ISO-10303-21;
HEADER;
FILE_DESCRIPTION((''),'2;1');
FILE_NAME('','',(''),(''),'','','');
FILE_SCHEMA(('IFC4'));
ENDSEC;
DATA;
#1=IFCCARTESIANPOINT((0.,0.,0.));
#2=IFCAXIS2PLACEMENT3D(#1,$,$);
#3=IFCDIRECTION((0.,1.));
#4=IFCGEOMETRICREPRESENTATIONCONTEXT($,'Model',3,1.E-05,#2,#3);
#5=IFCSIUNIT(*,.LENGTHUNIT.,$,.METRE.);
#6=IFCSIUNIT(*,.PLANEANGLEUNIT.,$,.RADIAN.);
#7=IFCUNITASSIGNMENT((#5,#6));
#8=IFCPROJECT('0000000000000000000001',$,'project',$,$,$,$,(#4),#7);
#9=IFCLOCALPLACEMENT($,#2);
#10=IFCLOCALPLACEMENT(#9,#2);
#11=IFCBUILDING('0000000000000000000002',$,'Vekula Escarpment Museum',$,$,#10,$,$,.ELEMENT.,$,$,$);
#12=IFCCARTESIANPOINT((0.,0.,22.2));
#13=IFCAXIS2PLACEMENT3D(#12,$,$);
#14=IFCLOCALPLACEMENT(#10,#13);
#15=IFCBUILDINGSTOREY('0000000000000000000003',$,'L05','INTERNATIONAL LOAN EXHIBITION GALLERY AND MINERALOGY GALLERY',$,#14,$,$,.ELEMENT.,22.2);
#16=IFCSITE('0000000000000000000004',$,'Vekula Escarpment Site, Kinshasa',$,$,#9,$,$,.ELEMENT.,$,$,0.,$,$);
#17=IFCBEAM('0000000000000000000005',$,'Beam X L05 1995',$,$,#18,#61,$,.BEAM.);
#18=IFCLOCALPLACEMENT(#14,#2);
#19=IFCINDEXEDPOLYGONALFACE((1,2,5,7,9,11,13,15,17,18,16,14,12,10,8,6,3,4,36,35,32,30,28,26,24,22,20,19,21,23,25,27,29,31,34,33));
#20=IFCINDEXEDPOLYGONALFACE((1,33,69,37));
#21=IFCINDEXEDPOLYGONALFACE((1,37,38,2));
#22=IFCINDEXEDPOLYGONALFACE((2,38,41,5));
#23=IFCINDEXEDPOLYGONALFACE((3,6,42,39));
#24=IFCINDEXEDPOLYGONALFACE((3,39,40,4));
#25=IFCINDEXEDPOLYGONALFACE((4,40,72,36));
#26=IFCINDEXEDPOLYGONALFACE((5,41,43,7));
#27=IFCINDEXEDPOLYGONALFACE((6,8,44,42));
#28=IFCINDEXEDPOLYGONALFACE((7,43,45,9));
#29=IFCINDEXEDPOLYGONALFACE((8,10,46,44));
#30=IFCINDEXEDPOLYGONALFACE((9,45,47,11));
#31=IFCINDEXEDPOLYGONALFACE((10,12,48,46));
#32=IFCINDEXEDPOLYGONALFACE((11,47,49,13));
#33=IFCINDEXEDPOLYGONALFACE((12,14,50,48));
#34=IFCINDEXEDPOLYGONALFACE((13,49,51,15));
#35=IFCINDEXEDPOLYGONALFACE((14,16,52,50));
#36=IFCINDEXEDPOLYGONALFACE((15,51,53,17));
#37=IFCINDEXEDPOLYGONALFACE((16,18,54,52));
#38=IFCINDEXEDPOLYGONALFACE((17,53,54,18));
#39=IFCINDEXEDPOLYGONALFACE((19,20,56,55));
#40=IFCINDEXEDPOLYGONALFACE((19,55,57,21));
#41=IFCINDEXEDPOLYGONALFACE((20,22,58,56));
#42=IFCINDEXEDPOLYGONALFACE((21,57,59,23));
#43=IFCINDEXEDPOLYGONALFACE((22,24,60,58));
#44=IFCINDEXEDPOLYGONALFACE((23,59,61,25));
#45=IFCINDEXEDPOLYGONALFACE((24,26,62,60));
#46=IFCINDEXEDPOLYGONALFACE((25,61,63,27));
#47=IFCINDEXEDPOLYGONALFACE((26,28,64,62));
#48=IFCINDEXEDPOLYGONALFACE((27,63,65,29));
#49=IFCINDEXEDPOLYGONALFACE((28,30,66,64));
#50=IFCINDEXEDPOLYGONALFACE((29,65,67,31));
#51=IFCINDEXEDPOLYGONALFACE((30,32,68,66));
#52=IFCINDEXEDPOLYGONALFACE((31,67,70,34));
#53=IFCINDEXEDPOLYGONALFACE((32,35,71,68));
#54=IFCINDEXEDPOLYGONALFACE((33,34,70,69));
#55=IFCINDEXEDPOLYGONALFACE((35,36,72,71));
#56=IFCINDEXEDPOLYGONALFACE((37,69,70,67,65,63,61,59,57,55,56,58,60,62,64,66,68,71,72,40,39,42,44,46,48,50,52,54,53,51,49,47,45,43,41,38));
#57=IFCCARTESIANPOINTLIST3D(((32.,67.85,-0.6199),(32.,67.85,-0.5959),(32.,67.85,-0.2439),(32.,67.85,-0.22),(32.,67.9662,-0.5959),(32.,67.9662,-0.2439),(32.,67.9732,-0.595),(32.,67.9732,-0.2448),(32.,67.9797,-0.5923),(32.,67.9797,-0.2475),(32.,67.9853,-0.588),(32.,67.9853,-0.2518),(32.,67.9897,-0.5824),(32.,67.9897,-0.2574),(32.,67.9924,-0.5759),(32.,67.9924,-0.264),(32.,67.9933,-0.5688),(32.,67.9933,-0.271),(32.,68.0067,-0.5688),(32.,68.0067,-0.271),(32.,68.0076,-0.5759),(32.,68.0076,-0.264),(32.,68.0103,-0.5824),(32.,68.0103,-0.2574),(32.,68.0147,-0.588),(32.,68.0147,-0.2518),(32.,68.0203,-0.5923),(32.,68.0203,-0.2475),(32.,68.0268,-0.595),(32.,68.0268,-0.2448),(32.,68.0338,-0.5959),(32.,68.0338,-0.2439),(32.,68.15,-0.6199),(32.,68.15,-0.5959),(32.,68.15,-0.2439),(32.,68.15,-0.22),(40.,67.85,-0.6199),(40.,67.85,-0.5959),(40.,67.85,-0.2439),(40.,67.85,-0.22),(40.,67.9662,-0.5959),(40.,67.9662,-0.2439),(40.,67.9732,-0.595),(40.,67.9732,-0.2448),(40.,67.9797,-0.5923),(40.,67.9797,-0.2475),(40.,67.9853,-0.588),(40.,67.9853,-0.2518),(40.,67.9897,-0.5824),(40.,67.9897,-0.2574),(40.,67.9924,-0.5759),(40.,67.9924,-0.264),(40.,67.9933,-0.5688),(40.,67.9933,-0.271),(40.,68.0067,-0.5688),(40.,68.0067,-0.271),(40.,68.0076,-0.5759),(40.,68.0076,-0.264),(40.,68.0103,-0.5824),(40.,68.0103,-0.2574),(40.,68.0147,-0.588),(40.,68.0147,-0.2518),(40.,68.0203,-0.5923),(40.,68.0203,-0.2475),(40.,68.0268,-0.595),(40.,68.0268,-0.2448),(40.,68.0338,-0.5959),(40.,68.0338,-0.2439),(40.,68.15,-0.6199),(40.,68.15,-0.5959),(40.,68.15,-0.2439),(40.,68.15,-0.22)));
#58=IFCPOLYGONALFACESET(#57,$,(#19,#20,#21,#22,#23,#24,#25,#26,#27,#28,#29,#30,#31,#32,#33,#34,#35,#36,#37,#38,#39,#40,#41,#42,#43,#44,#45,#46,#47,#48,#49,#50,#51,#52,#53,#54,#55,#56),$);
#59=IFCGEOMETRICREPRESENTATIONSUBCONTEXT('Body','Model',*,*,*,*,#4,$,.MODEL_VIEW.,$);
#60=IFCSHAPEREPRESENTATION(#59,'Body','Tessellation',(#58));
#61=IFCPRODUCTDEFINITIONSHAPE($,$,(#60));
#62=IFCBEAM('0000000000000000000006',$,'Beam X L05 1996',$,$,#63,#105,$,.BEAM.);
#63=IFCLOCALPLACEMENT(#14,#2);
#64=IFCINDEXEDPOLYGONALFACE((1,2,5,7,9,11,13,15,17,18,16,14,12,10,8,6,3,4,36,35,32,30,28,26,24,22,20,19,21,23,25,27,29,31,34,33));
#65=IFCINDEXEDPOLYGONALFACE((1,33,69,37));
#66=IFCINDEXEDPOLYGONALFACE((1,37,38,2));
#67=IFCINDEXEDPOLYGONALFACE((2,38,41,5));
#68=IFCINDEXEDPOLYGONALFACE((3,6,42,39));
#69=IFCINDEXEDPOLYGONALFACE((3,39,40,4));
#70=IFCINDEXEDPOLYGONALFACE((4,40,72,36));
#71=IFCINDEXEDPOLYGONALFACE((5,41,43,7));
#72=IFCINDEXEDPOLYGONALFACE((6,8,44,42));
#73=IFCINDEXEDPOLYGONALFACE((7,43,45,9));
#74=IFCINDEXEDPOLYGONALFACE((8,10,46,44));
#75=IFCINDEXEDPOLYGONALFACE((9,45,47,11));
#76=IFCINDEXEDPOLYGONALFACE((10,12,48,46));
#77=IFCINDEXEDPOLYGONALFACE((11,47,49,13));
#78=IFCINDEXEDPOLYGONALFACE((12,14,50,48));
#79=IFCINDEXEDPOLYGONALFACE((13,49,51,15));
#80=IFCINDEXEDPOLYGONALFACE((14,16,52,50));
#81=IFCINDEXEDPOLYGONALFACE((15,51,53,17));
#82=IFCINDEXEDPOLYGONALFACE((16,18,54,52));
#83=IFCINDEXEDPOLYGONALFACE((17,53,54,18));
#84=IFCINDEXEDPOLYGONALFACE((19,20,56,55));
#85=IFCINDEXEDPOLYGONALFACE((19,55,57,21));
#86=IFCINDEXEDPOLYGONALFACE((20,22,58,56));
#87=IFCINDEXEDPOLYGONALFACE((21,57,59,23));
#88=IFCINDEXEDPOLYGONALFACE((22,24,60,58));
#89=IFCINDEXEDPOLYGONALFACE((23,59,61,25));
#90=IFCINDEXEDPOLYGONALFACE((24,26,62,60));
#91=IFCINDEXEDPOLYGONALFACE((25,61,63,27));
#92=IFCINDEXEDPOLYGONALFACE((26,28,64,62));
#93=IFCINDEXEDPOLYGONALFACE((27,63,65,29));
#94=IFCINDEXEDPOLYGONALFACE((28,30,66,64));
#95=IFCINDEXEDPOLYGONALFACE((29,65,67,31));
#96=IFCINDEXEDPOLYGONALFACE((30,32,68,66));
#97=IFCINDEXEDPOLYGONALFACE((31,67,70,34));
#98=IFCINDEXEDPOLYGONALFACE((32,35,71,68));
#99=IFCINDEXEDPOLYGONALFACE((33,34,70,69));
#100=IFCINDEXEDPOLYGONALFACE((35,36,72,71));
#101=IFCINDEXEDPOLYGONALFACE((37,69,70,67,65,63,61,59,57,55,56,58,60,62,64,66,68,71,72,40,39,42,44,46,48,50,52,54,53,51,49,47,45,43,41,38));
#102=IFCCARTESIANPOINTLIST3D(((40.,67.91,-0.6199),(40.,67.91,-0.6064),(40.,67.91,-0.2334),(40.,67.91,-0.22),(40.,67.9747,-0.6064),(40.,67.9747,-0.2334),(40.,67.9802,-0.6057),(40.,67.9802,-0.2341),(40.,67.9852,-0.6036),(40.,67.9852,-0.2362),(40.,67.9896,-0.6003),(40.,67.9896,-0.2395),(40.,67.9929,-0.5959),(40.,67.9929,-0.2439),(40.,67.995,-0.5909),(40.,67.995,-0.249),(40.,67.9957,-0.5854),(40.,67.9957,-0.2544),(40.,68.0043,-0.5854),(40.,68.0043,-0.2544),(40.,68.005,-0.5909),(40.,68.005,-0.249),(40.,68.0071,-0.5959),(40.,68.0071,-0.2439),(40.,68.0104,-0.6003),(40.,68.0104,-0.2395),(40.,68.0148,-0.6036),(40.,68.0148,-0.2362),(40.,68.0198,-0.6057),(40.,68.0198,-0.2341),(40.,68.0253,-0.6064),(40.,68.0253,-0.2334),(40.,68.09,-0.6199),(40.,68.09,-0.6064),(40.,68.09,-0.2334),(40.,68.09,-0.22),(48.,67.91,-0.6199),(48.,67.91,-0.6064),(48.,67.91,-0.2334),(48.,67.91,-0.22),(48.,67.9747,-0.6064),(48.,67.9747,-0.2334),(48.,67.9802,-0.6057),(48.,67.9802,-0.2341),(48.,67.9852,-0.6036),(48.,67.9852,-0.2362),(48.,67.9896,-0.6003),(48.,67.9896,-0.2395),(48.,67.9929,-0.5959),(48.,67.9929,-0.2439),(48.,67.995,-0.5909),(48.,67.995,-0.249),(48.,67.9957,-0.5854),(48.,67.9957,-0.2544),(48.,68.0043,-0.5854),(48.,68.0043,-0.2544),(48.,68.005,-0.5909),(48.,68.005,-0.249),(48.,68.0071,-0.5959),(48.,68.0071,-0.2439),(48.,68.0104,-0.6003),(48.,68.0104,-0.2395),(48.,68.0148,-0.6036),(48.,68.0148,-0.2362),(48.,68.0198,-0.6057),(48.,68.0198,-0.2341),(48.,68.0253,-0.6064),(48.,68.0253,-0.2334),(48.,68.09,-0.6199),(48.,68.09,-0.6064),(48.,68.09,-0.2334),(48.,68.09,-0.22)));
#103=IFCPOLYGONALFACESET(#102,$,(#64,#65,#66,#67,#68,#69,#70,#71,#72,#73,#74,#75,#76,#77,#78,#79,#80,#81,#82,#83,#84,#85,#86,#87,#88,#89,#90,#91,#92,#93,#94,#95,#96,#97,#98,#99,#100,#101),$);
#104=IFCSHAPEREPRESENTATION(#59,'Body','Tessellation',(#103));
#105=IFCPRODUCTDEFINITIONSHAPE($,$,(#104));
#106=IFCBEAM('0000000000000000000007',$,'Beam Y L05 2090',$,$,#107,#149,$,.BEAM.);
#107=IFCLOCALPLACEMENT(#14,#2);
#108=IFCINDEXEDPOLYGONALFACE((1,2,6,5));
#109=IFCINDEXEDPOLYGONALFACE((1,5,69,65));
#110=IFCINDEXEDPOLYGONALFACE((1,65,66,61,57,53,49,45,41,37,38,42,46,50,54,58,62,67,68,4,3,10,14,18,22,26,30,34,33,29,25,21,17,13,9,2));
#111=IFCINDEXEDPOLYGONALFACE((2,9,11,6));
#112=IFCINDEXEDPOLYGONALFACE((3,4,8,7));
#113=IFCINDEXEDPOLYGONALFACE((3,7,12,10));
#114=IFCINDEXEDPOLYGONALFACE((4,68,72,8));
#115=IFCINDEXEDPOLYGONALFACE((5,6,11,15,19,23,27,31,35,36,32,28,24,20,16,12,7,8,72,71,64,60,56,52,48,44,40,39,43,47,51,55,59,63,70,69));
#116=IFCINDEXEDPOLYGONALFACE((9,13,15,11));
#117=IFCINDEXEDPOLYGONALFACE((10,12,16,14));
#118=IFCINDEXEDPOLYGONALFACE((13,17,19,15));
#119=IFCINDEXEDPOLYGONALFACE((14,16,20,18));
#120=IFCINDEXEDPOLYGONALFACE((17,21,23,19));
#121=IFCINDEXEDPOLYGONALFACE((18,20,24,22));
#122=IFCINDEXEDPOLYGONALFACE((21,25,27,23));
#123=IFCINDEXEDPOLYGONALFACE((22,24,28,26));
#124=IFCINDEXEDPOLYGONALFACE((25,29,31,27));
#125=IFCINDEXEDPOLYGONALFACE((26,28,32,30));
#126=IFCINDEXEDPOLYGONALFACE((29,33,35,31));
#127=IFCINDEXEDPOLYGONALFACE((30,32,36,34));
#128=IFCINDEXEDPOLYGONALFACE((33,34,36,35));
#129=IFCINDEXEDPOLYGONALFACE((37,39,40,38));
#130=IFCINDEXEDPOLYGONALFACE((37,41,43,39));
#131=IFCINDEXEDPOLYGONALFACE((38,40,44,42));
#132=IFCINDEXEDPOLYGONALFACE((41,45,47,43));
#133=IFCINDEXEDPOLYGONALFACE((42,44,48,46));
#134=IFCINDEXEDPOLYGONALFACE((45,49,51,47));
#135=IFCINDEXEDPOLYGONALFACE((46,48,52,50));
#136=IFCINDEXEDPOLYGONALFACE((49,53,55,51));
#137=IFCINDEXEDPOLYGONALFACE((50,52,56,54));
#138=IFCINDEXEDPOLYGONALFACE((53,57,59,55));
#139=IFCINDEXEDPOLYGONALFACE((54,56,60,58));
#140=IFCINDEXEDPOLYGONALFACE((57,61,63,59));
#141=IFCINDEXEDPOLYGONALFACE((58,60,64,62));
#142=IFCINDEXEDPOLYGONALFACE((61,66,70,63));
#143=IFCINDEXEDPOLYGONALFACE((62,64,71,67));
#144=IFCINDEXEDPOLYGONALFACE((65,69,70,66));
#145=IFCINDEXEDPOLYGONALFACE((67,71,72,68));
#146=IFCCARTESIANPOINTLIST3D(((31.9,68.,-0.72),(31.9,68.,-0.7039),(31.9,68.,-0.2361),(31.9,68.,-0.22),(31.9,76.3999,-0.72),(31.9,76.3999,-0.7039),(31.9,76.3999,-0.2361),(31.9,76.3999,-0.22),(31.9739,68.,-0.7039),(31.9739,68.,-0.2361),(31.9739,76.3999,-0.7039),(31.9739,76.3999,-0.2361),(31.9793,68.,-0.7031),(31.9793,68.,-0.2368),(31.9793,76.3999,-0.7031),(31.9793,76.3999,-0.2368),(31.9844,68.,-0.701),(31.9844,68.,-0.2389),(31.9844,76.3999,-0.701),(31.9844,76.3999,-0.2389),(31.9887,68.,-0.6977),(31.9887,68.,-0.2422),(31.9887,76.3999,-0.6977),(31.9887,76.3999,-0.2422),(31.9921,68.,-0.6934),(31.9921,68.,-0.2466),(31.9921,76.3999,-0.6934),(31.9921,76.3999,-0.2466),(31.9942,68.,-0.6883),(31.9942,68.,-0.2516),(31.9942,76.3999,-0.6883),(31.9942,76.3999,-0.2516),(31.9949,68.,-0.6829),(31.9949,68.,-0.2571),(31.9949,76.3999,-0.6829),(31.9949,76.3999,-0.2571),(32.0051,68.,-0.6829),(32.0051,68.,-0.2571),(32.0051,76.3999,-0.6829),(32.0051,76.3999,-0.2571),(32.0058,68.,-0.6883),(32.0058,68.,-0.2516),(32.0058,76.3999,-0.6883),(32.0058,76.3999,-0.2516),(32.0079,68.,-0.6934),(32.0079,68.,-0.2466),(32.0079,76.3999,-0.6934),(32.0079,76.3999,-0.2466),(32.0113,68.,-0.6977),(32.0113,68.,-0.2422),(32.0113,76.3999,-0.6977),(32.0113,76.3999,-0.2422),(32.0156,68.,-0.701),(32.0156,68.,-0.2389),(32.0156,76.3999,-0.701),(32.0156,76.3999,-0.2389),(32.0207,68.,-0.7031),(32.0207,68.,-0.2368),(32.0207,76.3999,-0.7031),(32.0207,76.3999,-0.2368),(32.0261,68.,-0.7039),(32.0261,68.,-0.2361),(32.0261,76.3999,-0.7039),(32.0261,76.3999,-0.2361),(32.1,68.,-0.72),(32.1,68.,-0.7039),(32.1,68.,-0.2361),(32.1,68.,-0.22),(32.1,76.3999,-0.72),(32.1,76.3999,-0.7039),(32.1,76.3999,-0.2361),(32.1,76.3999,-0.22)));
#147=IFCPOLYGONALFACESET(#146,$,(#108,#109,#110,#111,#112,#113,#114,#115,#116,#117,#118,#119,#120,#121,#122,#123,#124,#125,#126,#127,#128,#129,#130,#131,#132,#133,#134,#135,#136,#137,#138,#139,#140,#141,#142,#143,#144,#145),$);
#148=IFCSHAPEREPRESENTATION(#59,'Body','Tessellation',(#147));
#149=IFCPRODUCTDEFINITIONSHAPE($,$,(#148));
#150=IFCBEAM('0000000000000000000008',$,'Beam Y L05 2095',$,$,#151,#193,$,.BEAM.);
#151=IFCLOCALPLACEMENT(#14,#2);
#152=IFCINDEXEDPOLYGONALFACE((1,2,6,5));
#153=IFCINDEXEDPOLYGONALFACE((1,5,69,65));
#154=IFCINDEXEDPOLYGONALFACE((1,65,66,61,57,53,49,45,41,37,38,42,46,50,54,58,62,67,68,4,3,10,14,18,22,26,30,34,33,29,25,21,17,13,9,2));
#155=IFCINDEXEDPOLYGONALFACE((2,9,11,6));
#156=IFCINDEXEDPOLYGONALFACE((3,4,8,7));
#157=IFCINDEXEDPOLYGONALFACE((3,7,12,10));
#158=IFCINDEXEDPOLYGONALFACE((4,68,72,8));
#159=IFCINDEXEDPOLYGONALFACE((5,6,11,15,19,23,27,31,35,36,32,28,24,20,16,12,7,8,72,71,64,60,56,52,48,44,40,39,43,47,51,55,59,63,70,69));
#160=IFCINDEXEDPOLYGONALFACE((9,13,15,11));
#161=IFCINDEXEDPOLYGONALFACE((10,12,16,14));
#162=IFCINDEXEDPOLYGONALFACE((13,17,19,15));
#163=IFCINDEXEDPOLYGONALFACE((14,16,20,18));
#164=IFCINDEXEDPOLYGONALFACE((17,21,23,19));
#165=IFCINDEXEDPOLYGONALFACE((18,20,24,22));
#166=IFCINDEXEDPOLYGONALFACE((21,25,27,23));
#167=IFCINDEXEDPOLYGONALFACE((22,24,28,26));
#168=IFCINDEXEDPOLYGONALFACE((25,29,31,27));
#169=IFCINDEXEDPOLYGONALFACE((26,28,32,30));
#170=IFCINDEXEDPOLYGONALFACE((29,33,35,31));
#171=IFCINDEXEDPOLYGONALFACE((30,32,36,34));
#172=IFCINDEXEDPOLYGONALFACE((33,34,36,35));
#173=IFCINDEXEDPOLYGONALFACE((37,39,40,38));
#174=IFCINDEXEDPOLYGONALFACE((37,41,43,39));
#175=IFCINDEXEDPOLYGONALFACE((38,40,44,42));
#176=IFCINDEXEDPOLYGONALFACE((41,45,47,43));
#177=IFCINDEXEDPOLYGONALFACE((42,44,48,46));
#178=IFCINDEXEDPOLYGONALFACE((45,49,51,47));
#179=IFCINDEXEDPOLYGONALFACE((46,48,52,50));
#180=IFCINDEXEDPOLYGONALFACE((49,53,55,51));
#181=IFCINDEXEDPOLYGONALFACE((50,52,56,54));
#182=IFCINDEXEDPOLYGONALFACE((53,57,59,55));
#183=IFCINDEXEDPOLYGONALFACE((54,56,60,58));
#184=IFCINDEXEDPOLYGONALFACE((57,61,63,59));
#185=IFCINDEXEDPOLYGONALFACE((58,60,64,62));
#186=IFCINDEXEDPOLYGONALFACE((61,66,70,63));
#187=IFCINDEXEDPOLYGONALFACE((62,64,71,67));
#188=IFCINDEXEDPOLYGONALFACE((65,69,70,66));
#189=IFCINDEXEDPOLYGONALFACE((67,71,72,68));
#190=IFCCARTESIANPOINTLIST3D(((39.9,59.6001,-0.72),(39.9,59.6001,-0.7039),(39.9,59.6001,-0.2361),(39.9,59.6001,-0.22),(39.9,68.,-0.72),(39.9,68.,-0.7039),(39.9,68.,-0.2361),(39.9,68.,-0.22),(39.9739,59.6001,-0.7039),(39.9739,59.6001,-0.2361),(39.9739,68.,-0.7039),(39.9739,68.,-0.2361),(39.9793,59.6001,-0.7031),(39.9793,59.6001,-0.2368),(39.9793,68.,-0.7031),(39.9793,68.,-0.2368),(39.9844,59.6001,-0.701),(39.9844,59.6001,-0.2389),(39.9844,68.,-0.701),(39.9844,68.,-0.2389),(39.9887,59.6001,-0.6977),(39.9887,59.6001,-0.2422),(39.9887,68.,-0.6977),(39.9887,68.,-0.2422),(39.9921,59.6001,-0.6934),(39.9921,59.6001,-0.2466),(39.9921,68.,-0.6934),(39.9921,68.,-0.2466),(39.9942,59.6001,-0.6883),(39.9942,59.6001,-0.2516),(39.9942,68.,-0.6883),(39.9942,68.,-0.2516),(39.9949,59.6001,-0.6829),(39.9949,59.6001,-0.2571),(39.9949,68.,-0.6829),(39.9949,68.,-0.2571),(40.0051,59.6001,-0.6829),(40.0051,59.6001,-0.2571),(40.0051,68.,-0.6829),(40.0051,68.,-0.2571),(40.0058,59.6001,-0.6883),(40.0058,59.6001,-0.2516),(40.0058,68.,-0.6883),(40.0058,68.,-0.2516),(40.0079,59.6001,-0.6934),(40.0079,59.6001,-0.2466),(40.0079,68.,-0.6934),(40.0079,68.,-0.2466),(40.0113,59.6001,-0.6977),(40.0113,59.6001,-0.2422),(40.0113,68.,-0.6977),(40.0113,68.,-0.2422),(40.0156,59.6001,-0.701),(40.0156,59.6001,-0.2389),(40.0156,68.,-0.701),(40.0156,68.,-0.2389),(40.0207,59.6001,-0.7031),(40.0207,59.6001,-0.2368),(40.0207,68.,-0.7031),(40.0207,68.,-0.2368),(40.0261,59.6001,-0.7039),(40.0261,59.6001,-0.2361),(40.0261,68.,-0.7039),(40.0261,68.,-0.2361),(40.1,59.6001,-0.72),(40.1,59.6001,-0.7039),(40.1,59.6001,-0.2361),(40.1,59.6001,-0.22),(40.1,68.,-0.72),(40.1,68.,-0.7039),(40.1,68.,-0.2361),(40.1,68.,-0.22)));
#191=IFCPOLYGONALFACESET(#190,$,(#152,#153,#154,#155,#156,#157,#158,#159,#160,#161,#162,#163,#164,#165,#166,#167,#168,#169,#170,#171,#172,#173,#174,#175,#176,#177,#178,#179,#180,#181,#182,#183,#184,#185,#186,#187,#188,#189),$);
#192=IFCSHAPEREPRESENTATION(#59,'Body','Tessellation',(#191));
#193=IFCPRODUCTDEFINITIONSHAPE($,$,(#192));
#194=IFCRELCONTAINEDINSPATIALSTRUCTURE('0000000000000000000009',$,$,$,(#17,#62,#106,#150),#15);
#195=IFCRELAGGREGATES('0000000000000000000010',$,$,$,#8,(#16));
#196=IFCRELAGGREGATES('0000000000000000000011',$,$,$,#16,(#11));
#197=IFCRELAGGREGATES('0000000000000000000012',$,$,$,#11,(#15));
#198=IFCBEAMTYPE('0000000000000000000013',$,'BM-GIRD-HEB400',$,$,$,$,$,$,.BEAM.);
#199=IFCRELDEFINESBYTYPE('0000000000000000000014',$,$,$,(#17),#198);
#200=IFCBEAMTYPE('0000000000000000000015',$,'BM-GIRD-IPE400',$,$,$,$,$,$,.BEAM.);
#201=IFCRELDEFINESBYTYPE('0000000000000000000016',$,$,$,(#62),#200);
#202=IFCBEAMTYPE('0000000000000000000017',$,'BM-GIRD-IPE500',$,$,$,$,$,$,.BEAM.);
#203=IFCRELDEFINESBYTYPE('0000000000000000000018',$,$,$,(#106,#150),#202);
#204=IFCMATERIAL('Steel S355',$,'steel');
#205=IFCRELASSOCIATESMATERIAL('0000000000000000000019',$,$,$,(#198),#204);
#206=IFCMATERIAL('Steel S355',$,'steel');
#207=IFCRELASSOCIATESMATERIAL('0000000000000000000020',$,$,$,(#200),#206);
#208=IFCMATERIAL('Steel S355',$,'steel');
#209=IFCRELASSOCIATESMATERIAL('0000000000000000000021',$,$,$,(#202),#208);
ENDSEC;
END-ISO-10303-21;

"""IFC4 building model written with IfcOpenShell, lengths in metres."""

from ifc_helpers import new_model, si_unit, direction, frame, origin, origin_2d, place, context, subcontext, project, spatial, i_section, extrude, material, material_profile, profile_set, type_object, element, save


model = new_model("IFC4")

# Units and contexts
model_context = context("Model", 3, precision=1e-05, world=origin(), true_north=direction((0.0, 1.0)))
body_context = subcontext(model_context, "Body", "Model", "MODEL_VIEW")
ifc_project = project(units=[si_unit("LENGTHUNIT", "METRE"), si_unit("PLANEANGLEUNIT", "RADIAN")], contexts=[model_context])

# Site, building, storey
site_placement = place(None, origin())
site = spatial("IfcSite", under=ifc_project, at=site_placement, Name="Vekula Escarpment Site, Kinshasa", CompositionType="ELEMENT", RefElevation=0.0)
building_placement = place(site_placement, origin())
building = spatial("IfcBuilding", under=site, at=building_placement, Name="Vekula Escarpment Museum", CompositionType="ELEMENT")
storey_placement = place(building_placement, frame((0.0, 0.0, 22.2)))
storey = spatial("IfcBuildingStorey", under=building, at=storey_placement, Name="L05", Description="INTERNATIONAL LOAN EXHIBITION GALLERY AND MINERALOGY GALLERY", CompositionType="ELEMENT", Elevation=22.2)

# Beams
ifc_material_1 = material(Name="Steel S355", Category="steel")
ifc_material_profile_1 = material_profile(ifc_material_1, i_section(OverallWidth=0.3, OverallDepth=0.3999, WebThickness=0.0134, FlangeThickness=0.0239, FilletRadius=0.0271, at=origin_2d()), Name="HEB 400")
ifc_profile_set_1 = profile_set([ifc_material_profile_1], Name="Steel S355")
beam_type_1 = type_object("IfcBeamType", Name="BM-GIRD-HEB400", PredefinedType="BEAM", material=ifc_profile_set_1)
beam_1_placement = place(storey_placement, frame((32.0, 68.0, -0.4199), z_axis=(1.0, 0.0, 0.0), x_axis=(0.0, 1.0, 0.0)))
element("IfcBeam", 1, at=beam_1_placement, inside=storey, type_object=beam_type_1, Name="Beam X L05 1995", PredefinedType="BEAM", context=body_context, shape_type="SweptSolid", body=[
    extrude(i_section(OverallWidth=0.3, OverallDepth=0.3999, WebThickness=0.0134, FlangeThickness=0.0239, FilletRadius=0.0271, at=origin_2d()), origin(), (0.0, 0.0, 1.0), 8.0),
])
ifc_material_2 = material(Name="Steel S355", Category="steel")
ifc_material_profile_2 = material_profile(ifc_material_2, i_section(OverallWidth=0.1799, OverallDepth=0.3999, WebThickness=0.0085, FlangeThickness=0.0134, FilletRadius=0.021, at=origin_2d()), Name="IPE 400")
ifc_profile_set_2 = profile_set([ifc_material_profile_2], Name="Steel S355")
beam_type_2 = type_object("IfcBeamType", Name="BM-GIRD-IPE400", PredefinedType="BEAM", material=ifc_profile_set_2)
beam_2_placement = place(storey_placement, frame((40.0, 68.0, -0.4199), z_axis=(1.0, 0.0, 0.0), x_axis=(0.0, 1.0, 0.0)))
element("IfcBeam", 2, at=beam_2_placement, inside=storey, type_object=beam_type_2, Name="Beam X L05 1996", PredefinedType="BEAM", context=body_context, shape_type="SweptSolid", body=[
    extrude(i_section(OverallWidth=0.1799, OverallDepth=0.3999, WebThickness=0.0085, FlangeThickness=0.0134, FilletRadius=0.021, at=origin_2d()), origin(), (0.0, 0.0, 1.0), 8.0),
])
ifc_material_3 = material(Name="Steel S355", Category="steel")
ifc_material_profile_3 = material_profile(ifc_material_3, i_section(OverallWidth=0.2, OverallDepth=0.5, WebThickness=0.0103, FlangeThickness=0.0161, FilletRadius=0.021, at=origin_2d()), Name="IPE 500")
ifc_profile_set_3 = profile_set([ifc_material_profile_3], Name="Steel S355")
beam_type_3 = type_object("IfcBeamType", Name="BM-GIRD-IPE500", PredefinedType="BEAM", material=ifc_profile_set_3)
for number, where, z_axis, x_axis, name in (
    (3, (32.0, 68.0, -0.47), (0.0, 1.0, 0.0), (-1.0, 0.0, 0.0), "Beam Y L05 2090"),
    (4, (40.0, 59.6001, -0.47), (0.0, 1.0, 0.0), (-1.0, 0.0, 0.0), "Beam Y L05 2095"),
):
    element("IfcBeam", number, at=place(storey_placement, frame(where, z_axis=z_axis, x_axis=x_axis)), inside=storey, type_object=beam_type_3, Name=name, PredefinedType="BEAM", context=body_context, shape_type="SweptSolid", body=[
        extrude(i_section(OverallWidth=0.2, OverallDepth=0.5, WebThickness=0.0103, FlangeThickness=0.0161, FilletRadius=0.021, at=origin_2d()), origin(), (0.0, 0.0, 1.0), 8.3999),
    ])

save(model, "model.ifc")
